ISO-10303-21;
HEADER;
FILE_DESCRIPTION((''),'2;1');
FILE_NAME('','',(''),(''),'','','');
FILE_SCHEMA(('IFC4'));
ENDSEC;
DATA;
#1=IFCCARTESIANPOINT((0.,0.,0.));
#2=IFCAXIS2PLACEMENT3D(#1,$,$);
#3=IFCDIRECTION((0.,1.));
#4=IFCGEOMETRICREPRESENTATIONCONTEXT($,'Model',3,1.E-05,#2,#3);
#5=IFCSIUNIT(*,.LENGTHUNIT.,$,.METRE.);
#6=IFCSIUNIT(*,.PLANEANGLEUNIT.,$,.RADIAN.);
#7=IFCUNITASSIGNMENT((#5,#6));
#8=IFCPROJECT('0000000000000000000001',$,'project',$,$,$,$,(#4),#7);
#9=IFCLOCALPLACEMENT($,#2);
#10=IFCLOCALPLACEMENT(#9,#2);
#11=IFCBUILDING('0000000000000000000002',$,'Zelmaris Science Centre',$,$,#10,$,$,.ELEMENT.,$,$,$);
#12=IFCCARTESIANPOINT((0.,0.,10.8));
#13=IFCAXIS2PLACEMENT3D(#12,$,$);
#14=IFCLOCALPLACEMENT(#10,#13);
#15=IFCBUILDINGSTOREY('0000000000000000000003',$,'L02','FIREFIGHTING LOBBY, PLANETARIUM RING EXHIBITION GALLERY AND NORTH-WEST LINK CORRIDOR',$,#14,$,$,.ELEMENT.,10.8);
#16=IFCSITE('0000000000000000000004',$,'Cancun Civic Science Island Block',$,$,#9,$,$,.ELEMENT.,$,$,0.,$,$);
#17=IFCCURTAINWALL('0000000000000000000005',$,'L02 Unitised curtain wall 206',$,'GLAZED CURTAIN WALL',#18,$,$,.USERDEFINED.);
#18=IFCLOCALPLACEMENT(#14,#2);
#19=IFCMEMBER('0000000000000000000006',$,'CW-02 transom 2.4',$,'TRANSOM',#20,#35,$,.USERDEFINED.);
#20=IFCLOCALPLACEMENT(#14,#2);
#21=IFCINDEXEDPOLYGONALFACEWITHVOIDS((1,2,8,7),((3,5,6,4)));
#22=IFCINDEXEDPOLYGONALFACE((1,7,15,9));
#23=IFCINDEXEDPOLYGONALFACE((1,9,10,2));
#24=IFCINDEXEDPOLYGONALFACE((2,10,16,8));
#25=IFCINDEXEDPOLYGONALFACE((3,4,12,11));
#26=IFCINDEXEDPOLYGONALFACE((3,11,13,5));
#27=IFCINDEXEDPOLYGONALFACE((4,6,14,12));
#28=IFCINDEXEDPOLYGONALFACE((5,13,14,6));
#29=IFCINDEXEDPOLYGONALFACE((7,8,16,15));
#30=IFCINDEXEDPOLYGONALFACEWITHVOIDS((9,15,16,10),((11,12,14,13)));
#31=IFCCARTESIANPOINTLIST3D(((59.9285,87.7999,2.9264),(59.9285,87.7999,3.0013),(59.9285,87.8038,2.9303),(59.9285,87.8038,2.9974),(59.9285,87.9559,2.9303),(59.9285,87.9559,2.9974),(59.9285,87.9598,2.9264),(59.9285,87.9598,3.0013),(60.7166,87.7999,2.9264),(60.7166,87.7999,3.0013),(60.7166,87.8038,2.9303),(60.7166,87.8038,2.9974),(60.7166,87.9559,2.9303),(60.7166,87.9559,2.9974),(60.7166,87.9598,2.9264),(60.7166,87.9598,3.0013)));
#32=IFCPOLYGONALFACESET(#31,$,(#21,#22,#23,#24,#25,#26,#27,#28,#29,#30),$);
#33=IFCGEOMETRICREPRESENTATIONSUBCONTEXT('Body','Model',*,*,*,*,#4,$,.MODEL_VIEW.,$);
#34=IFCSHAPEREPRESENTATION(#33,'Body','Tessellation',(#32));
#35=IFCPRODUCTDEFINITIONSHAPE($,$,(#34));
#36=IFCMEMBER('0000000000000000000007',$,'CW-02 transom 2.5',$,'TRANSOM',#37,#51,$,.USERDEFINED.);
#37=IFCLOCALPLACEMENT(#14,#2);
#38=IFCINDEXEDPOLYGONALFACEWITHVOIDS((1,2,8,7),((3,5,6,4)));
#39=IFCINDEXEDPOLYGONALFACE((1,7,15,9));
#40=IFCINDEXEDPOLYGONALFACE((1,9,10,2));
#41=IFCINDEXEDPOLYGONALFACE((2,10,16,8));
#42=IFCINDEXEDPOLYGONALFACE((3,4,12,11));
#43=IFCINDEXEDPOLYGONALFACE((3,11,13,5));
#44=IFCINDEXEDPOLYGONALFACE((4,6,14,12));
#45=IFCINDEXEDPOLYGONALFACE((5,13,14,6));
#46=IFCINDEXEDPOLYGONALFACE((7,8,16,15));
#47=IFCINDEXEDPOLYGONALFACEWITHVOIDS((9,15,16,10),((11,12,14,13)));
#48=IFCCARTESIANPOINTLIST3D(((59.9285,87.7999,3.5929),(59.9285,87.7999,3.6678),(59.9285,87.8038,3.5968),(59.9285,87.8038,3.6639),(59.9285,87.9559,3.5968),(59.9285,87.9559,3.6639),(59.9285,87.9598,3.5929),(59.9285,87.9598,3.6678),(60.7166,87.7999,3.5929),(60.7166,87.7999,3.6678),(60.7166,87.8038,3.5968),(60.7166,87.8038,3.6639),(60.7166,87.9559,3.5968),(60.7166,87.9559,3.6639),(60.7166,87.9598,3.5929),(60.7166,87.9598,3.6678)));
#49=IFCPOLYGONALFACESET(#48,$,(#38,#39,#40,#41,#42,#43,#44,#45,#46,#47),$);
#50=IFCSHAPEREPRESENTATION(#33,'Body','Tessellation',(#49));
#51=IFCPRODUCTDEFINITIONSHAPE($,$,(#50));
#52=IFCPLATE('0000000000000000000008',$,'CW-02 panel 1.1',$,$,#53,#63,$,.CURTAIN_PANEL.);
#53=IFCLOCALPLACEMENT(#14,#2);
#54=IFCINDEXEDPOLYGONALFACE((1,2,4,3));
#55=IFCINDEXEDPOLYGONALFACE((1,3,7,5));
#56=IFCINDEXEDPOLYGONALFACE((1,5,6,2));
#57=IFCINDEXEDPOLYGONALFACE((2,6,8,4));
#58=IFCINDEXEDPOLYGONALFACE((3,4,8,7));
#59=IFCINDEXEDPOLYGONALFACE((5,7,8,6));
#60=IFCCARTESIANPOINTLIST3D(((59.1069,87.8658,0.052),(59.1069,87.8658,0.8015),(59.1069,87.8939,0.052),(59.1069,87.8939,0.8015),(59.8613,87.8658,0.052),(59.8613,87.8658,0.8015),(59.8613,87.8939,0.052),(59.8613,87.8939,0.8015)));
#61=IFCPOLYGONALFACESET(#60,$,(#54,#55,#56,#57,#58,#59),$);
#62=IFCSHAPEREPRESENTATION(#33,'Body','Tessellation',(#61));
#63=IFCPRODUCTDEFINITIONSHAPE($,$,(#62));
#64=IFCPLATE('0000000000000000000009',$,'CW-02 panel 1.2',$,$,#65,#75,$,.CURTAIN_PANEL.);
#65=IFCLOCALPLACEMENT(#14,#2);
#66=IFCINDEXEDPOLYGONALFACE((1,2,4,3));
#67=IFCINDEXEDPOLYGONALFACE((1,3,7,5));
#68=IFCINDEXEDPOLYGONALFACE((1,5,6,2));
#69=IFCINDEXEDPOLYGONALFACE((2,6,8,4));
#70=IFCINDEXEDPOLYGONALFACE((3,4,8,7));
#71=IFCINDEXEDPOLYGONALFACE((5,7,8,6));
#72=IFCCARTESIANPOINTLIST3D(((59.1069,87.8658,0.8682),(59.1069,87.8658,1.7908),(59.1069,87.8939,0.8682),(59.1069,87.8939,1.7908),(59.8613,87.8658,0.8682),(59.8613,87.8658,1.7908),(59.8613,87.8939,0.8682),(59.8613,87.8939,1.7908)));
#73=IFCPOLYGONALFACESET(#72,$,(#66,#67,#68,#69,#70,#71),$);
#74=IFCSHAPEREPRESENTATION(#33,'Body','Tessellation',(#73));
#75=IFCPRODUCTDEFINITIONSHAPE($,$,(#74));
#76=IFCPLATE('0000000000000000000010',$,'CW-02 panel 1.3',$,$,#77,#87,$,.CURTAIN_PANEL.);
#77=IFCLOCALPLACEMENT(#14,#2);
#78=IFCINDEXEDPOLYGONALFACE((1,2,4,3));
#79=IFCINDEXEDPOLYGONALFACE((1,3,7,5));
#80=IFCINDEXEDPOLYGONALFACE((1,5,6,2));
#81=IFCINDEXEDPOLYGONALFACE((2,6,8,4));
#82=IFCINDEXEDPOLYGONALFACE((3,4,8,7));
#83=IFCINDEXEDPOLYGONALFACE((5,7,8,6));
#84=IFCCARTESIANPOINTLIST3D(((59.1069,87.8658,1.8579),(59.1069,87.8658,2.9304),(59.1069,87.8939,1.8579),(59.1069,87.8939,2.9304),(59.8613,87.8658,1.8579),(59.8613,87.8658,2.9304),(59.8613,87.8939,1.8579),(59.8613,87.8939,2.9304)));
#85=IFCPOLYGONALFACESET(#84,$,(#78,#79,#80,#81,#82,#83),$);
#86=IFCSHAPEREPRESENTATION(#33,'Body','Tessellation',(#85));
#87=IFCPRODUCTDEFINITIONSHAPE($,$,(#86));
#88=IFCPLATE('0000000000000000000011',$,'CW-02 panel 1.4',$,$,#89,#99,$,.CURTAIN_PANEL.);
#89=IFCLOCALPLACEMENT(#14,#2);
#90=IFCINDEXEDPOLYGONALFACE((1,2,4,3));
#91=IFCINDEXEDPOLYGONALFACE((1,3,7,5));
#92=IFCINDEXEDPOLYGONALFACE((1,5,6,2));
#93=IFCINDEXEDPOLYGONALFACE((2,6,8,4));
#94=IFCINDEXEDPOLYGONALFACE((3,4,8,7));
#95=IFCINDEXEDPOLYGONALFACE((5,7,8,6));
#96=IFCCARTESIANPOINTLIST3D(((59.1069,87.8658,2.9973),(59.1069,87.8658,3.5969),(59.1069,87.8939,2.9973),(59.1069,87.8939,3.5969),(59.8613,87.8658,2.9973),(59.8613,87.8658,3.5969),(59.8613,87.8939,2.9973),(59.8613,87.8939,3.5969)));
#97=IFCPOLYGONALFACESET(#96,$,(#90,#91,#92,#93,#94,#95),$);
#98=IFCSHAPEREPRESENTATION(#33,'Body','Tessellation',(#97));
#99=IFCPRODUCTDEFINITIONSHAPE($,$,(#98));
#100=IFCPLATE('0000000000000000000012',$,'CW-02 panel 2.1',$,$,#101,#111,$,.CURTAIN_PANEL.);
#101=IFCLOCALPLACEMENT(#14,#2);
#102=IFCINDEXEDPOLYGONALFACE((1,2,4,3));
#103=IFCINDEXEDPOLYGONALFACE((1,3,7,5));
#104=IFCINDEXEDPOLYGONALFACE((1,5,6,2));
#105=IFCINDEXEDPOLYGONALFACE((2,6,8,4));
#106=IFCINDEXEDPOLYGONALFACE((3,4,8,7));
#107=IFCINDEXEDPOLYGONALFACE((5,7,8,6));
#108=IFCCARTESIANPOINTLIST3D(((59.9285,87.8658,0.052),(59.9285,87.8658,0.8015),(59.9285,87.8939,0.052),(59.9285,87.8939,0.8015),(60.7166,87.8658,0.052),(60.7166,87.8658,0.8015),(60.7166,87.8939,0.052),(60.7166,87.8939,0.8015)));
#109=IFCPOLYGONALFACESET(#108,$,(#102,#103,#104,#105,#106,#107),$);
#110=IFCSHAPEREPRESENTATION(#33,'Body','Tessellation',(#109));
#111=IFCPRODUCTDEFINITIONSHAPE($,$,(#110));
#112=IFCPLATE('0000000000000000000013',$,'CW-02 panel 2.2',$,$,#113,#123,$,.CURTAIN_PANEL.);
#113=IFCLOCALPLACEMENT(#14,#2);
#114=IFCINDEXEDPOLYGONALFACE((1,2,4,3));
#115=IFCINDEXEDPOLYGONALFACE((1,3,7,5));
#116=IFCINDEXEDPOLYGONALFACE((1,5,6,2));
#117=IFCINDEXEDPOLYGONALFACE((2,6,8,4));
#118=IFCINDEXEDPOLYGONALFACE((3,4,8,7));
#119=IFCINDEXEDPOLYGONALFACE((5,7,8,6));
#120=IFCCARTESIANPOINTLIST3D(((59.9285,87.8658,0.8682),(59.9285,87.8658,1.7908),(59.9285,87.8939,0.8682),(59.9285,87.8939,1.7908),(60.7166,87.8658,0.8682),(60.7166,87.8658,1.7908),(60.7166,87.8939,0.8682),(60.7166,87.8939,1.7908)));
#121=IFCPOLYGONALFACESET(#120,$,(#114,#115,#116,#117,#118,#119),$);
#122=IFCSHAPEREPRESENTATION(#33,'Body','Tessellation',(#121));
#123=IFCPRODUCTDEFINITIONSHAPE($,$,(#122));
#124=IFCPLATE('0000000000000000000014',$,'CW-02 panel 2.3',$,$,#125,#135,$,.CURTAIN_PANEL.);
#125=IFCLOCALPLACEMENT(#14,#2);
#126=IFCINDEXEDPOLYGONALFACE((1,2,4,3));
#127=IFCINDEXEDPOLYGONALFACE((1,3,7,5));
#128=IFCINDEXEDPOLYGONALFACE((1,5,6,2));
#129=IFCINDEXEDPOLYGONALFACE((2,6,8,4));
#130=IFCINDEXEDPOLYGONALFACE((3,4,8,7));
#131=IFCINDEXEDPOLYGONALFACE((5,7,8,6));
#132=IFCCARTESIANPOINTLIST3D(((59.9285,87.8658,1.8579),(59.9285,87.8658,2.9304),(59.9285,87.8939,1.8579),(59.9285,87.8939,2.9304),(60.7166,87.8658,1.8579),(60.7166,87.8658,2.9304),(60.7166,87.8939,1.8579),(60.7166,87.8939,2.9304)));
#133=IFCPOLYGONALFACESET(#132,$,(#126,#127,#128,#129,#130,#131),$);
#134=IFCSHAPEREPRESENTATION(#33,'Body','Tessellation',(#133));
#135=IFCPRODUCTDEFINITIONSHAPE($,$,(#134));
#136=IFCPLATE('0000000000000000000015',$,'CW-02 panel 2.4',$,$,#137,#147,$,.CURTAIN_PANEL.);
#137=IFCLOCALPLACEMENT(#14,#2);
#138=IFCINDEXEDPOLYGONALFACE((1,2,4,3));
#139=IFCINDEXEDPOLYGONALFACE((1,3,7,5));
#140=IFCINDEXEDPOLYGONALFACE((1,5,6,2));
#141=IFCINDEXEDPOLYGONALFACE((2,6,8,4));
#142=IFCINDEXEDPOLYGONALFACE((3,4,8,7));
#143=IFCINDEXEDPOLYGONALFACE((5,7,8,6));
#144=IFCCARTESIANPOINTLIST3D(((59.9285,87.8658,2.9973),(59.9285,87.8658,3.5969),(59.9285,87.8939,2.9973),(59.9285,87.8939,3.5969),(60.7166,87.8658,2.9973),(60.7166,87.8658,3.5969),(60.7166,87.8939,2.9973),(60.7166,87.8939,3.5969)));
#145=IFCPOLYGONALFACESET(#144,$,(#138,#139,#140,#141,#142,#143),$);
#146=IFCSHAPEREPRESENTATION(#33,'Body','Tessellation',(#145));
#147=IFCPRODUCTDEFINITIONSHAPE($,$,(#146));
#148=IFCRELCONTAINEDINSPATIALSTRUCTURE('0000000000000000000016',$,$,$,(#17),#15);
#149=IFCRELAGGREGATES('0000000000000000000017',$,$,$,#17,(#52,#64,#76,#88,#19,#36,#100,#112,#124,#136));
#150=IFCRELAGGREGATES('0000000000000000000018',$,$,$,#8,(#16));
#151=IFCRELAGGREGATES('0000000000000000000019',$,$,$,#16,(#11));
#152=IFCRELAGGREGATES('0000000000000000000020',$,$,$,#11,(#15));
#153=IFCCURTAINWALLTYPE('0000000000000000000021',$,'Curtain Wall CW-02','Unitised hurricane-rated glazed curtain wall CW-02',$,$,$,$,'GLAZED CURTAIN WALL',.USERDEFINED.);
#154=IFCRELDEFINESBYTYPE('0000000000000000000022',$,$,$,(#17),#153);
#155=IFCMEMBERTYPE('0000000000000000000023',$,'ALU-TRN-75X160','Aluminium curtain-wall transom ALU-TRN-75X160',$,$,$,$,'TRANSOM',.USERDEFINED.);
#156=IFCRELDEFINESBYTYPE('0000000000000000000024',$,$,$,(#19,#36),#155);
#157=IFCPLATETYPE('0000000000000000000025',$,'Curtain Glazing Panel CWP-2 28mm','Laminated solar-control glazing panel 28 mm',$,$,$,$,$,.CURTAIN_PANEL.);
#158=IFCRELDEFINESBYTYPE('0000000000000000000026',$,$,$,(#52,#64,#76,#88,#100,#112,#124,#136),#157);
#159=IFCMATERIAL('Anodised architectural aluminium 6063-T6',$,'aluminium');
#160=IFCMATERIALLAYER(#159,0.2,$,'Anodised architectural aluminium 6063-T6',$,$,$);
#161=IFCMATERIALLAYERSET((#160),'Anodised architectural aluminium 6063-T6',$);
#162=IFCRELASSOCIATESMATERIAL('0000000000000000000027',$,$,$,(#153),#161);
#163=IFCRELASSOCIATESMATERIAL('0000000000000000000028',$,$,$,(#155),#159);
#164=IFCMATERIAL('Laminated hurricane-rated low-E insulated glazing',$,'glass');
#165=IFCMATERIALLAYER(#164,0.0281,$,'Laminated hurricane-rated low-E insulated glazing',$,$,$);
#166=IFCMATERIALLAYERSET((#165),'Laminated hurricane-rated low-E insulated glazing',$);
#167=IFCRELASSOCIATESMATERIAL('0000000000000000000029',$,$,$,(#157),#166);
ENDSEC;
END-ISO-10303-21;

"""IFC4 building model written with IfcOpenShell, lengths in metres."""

from ifc_helpers import new_model, si_unit, direction, frame, origin, origin_2d, place, context, subcontext, project, spatial, rectangle, hollow_rectangle, extrude, material, layer, layer_set, material_profile, profile_set, type_object, element, aggregate, save


model = new_model("IFC4")

# Units and contexts
model_context = context("Model", 3, precision=1e-05, world=origin(), true_north=direction((0.0, 1.0)))
body_context = subcontext(model_context, "Body", "Model", "MODEL_VIEW")
ifc_project = project(units=[si_unit("LENGTHUNIT", "METRE"), si_unit("PLANEANGLEUNIT", "RADIAN")], contexts=[model_context])

# Site, building, storey
site_placement = place(None, origin())
site = spatial("IfcSite", under=ifc_project, at=site_placement, Name="Cancun Civic Science Island Block", CompositionType="ELEMENT", RefElevation=0.0)
building_placement = place(site_placement, origin())
building = spatial("IfcBuilding", under=site, at=building_placement, Name="Zelmaris Science Centre", CompositionType="ELEMENT")
storey_placement = place(building_placement, frame((0.0, 0.0, 10.8)))
storey = spatial("IfcBuildingStorey", under=building, at=storey_placement, Name="L02", Description="FIREFIGHTING LOBBY, PLANETARIUM RING EXHIBITION GALLERY AND NORTH-WEST LINK CORRIDOR", CompositionType="ELEMENT", Elevation=10.8)

# Curtain wall, members, plates
ifc_material_1 = material(Name="Anodised architectural aluminium 6063-T6", Category="aluminium")
ifc_layer_1 = layer(ifc_material_1, 0.2, Name="Anodised architectural aluminium 6063-T6")
ifc_layer_set_1 = layer_set([ifc_layer_1], Name="Anodised architectural aluminium 6063-T6")
curtain_wall_type = type_object("IfcCurtainWallType", Name="Curtain Wall CW-02", Description="Unitised hurricane-rated glazed curtain wall CW-02", ElementType="GLAZED CURTAIN WALL", PredefinedType="USERDEFINED", material=ifc_layer_set_1)
curtain_wall_placement = place(storey_placement, origin())
curtain_wall = element("IfcCurtainWall", 1, at=curtain_wall_placement, inside=storey, type_object=curtain_wall_type, Name="L02 Unitised curtain wall 206", ObjectType="GLAZED CURTAIN WALL", PredefinedType="USERDEFINED")
ifc_material_profile_1 = material_profile(ifc_material_1, hollow_rectangle(XDim=0.075, YDim=0.1599, WallThickness=0.0039, at=origin_2d()), Name="ALU-TRN-75X160")
ifc_profile_set_1 = profile_set([ifc_material_profile_1], Name="Anodised architectural aluminium 6063-T6")
member_type_1 = type_object("IfcMemberType", Name="ALU-TRN-75X160", Description="Aluminium curtain-wall transom ALU-TRN-75X160", ElementType="TRANSOM", PredefinedType="USERDEFINED", material=ifc_profile_set_1)
member_1_placement = place(storey_placement, frame((59.9285, 87.8799, 2.9639), z_axis=(1.0, 0.0, 0.0), x_axis=(0.0, 0.0, 1.0)))
member_1 = element("IfcMember", 2, at=member_1_placement, type_object=member_type_1, Name="CW-02 transom 2.4", ObjectType="TRANSOM", PredefinedType="USERDEFINED", context=body_context, shape_type="SweptSolid", body=[
    extrude(hollow_rectangle(XDim=0.075, YDim=0.1599, WallThickness=0.0039, at=origin_2d()), origin(), (0.0, 0.0, 1.0), 0.7881),
])
member_2_placement = place(storey_placement, frame((59.9285, 87.8799, 3.6304), z_axis=(1.0, 0.0, 0.0), x_axis=(0.0, 0.0, 1.0)))
member_2 = element("IfcMember", 3, at=member_2_placement, type_object=member_type_1, Name="CW-02 transom 2.5", ObjectType="TRANSOM", PredefinedType="USERDEFINED", context=body_context, shape_type="SweptSolid", body=[
    extrude(hollow_rectangle(XDim=0.075, YDim=0.1599, WallThickness=0.0039, at=origin_2d()), origin(), (0.0, 0.0, 1.0), 0.7881),
])
ifc_material_2 = material(Name="Laminated hurricane-rated low-E insulated glazing", Category="glass")
ifc_layer_2 = layer(ifc_material_2, 0.0281, Name="Laminated hurricane-rated low-E insulated glazing")
ifc_layer_set_2 = layer_set([ifc_layer_2], Name="Laminated hurricane-rated low-E insulated glazing")
plate_type = type_object("IfcPlateType", Name="Curtain Glazing Panel CWP-2 28mm", Description="Laminated solar-control glazing panel 28 mm", PredefinedType="CURTAIN_PANEL", material=ifc_layer_set_2)
plate_1_placement = place(storey_placement, frame((59.4841, 87.8799, 0.052), z_axis=(0.0, 0.0, 1.0), x_axis=(1.0, 0.0, 0.0)))
plate_1 = element("IfcPlate", 4, at=plate_1_placement, type_object=plate_type, Name="CW-02 panel 1.1", PredefinedType="CURTAIN_PANEL", context=body_context, shape_type="SweptSolid", body=[
    extrude(rectangle(XDim=0.7544, YDim=0.0281, at=origin_2d()), origin(), (0.0, 0.0, 1.0), 0.7495),
])
plate_2_placement = place(storey_placement, frame((59.4841, 87.8799, 0.8682), z_axis=(0.0, 0.0, 1.0), x_axis=(1.0, 0.0, 0.0)))
plate_2 = element("IfcPlate", 5, at=plate_2_placement, type_object=plate_type, Name="CW-02 panel 1.2", PredefinedType="CURTAIN_PANEL", context=body_context, shape_type="SweptSolid", body=[
    extrude(rectangle(XDim=0.7544, YDim=0.0281, at=origin_2d()), origin(), (0.0, 0.0, 1.0), 0.9226),
])
plate_3_placement = place(storey_placement, frame((59.4841, 87.8799, 1.8579), z_axis=(0.0, 0.0, 1.0), x_axis=(1.0, 0.0, 0.0)))
plate_3 = element("IfcPlate", 6, at=plate_3_placement, type_object=plate_type, Name="CW-02 panel 1.3", PredefinedType="CURTAIN_PANEL", context=body_context, shape_type="SweptSolid", body=[
    extrude(rectangle(XDim=0.7544, YDim=0.0281, at=origin_2d()), origin(), (0.0, 0.0, 1.0), 1.0725),
])
plate_4_placement = place(storey_placement, frame((59.4841, 87.8799, 2.9973), z_axis=(0.0, 0.0, 1.0), x_axis=(1.0, 0.0, 0.0)))
plate_4 = element("IfcPlate", 7, at=plate_4_placement, type_object=plate_type, Name="CW-02 panel 1.4", PredefinedType="CURTAIN_PANEL", context=body_context, shape_type="SweptSolid", body=[
    extrude(rectangle(XDim=0.7544, YDim=0.0281, at=origin_2d()), origin(), (0.0, 0.0, 1.0), 0.5996),
])
plate_5_placement = place(storey_placement, frame((60.3225, 87.8799, 0.052), z_axis=(0.0, 0.0, 1.0), x_axis=(1.0, 0.0, 0.0)))
plate_5 = element("IfcPlate", 8, at=plate_5_placement, type_object=plate_type, Name="CW-02 panel 2.1", PredefinedType="CURTAIN_PANEL", context=body_context, shape_type="SweptSolid", body=[
    extrude(rectangle(XDim=0.7881, YDim=0.0281, at=origin_2d()), origin(), (0.0, 0.0, 1.0), 0.7495),
])
plate_6_placement = place(storey_placement, frame((60.3225, 87.8799, 0.8682), z_axis=(0.0, 0.0, 1.0), x_axis=(1.0, 0.0, 0.0)))
plate_6 = element("IfcPlate", 9, at=plate_6_placement, type_object=plate_type, Name="CW-02 panel 2.2", PredefinedType="CURTAIN_PANEL", context=body_context, shape_type="SweptSolid", body=[
    extrude(rectangle(XDim=0.7881, YDim=0.0281, at=origin_2d()), origin(), (0.0, 0.0, 1.0), 0.9226),
])
plate_7_placement = place(storey_placement, frame((60.3225, 87.8799, 1.8579), z_axis=(0.0, 0.0, 1.0), x_axis=(1.0, 0.0, 0.0)))
plate_7 = element("IfcPlate", 10, at=plate_7_placement, type_object=plate_type, Name="CW-02 panel 2.3", PredefinedType="CURTAIN_PANEL", context=body_context, shape_type="SweptSolid", body=[
    extrude(rectangle(XDim=0.7881, YDim=0.0281, at=origin_2d()), origin(), (0.0, 0.0, 1.0), 1.0725),
])
plate_8_placement = place(storey_placement, frame((60.3225, 87.8799, 2.9973), z_axis=(0.0, 0.0, 1.0), x_axis=(1.0, 0.0, 0.0)))
plate_8 = element("IfcPlate", 11, at=plate_8_placement, type_object=plate_type, Name="CW-02 panel 2.4", PredefinedType="CURTAIN_PANEL", context=body_context, shape_type="SweptSolid", body=[
    extrude(rectangle(XDim=0.7881, YDim=0.0281, at=origin_2d()), origin(), (0.0, 0.0, 1.0), 0.5996),
])
aggregate(curtain_wall, [plate_1, plate_2, plate_3, plate_4, member_1, member_2, plate_5, plate_6, plate_7, plate_8])

save(model, "model.ifc")
